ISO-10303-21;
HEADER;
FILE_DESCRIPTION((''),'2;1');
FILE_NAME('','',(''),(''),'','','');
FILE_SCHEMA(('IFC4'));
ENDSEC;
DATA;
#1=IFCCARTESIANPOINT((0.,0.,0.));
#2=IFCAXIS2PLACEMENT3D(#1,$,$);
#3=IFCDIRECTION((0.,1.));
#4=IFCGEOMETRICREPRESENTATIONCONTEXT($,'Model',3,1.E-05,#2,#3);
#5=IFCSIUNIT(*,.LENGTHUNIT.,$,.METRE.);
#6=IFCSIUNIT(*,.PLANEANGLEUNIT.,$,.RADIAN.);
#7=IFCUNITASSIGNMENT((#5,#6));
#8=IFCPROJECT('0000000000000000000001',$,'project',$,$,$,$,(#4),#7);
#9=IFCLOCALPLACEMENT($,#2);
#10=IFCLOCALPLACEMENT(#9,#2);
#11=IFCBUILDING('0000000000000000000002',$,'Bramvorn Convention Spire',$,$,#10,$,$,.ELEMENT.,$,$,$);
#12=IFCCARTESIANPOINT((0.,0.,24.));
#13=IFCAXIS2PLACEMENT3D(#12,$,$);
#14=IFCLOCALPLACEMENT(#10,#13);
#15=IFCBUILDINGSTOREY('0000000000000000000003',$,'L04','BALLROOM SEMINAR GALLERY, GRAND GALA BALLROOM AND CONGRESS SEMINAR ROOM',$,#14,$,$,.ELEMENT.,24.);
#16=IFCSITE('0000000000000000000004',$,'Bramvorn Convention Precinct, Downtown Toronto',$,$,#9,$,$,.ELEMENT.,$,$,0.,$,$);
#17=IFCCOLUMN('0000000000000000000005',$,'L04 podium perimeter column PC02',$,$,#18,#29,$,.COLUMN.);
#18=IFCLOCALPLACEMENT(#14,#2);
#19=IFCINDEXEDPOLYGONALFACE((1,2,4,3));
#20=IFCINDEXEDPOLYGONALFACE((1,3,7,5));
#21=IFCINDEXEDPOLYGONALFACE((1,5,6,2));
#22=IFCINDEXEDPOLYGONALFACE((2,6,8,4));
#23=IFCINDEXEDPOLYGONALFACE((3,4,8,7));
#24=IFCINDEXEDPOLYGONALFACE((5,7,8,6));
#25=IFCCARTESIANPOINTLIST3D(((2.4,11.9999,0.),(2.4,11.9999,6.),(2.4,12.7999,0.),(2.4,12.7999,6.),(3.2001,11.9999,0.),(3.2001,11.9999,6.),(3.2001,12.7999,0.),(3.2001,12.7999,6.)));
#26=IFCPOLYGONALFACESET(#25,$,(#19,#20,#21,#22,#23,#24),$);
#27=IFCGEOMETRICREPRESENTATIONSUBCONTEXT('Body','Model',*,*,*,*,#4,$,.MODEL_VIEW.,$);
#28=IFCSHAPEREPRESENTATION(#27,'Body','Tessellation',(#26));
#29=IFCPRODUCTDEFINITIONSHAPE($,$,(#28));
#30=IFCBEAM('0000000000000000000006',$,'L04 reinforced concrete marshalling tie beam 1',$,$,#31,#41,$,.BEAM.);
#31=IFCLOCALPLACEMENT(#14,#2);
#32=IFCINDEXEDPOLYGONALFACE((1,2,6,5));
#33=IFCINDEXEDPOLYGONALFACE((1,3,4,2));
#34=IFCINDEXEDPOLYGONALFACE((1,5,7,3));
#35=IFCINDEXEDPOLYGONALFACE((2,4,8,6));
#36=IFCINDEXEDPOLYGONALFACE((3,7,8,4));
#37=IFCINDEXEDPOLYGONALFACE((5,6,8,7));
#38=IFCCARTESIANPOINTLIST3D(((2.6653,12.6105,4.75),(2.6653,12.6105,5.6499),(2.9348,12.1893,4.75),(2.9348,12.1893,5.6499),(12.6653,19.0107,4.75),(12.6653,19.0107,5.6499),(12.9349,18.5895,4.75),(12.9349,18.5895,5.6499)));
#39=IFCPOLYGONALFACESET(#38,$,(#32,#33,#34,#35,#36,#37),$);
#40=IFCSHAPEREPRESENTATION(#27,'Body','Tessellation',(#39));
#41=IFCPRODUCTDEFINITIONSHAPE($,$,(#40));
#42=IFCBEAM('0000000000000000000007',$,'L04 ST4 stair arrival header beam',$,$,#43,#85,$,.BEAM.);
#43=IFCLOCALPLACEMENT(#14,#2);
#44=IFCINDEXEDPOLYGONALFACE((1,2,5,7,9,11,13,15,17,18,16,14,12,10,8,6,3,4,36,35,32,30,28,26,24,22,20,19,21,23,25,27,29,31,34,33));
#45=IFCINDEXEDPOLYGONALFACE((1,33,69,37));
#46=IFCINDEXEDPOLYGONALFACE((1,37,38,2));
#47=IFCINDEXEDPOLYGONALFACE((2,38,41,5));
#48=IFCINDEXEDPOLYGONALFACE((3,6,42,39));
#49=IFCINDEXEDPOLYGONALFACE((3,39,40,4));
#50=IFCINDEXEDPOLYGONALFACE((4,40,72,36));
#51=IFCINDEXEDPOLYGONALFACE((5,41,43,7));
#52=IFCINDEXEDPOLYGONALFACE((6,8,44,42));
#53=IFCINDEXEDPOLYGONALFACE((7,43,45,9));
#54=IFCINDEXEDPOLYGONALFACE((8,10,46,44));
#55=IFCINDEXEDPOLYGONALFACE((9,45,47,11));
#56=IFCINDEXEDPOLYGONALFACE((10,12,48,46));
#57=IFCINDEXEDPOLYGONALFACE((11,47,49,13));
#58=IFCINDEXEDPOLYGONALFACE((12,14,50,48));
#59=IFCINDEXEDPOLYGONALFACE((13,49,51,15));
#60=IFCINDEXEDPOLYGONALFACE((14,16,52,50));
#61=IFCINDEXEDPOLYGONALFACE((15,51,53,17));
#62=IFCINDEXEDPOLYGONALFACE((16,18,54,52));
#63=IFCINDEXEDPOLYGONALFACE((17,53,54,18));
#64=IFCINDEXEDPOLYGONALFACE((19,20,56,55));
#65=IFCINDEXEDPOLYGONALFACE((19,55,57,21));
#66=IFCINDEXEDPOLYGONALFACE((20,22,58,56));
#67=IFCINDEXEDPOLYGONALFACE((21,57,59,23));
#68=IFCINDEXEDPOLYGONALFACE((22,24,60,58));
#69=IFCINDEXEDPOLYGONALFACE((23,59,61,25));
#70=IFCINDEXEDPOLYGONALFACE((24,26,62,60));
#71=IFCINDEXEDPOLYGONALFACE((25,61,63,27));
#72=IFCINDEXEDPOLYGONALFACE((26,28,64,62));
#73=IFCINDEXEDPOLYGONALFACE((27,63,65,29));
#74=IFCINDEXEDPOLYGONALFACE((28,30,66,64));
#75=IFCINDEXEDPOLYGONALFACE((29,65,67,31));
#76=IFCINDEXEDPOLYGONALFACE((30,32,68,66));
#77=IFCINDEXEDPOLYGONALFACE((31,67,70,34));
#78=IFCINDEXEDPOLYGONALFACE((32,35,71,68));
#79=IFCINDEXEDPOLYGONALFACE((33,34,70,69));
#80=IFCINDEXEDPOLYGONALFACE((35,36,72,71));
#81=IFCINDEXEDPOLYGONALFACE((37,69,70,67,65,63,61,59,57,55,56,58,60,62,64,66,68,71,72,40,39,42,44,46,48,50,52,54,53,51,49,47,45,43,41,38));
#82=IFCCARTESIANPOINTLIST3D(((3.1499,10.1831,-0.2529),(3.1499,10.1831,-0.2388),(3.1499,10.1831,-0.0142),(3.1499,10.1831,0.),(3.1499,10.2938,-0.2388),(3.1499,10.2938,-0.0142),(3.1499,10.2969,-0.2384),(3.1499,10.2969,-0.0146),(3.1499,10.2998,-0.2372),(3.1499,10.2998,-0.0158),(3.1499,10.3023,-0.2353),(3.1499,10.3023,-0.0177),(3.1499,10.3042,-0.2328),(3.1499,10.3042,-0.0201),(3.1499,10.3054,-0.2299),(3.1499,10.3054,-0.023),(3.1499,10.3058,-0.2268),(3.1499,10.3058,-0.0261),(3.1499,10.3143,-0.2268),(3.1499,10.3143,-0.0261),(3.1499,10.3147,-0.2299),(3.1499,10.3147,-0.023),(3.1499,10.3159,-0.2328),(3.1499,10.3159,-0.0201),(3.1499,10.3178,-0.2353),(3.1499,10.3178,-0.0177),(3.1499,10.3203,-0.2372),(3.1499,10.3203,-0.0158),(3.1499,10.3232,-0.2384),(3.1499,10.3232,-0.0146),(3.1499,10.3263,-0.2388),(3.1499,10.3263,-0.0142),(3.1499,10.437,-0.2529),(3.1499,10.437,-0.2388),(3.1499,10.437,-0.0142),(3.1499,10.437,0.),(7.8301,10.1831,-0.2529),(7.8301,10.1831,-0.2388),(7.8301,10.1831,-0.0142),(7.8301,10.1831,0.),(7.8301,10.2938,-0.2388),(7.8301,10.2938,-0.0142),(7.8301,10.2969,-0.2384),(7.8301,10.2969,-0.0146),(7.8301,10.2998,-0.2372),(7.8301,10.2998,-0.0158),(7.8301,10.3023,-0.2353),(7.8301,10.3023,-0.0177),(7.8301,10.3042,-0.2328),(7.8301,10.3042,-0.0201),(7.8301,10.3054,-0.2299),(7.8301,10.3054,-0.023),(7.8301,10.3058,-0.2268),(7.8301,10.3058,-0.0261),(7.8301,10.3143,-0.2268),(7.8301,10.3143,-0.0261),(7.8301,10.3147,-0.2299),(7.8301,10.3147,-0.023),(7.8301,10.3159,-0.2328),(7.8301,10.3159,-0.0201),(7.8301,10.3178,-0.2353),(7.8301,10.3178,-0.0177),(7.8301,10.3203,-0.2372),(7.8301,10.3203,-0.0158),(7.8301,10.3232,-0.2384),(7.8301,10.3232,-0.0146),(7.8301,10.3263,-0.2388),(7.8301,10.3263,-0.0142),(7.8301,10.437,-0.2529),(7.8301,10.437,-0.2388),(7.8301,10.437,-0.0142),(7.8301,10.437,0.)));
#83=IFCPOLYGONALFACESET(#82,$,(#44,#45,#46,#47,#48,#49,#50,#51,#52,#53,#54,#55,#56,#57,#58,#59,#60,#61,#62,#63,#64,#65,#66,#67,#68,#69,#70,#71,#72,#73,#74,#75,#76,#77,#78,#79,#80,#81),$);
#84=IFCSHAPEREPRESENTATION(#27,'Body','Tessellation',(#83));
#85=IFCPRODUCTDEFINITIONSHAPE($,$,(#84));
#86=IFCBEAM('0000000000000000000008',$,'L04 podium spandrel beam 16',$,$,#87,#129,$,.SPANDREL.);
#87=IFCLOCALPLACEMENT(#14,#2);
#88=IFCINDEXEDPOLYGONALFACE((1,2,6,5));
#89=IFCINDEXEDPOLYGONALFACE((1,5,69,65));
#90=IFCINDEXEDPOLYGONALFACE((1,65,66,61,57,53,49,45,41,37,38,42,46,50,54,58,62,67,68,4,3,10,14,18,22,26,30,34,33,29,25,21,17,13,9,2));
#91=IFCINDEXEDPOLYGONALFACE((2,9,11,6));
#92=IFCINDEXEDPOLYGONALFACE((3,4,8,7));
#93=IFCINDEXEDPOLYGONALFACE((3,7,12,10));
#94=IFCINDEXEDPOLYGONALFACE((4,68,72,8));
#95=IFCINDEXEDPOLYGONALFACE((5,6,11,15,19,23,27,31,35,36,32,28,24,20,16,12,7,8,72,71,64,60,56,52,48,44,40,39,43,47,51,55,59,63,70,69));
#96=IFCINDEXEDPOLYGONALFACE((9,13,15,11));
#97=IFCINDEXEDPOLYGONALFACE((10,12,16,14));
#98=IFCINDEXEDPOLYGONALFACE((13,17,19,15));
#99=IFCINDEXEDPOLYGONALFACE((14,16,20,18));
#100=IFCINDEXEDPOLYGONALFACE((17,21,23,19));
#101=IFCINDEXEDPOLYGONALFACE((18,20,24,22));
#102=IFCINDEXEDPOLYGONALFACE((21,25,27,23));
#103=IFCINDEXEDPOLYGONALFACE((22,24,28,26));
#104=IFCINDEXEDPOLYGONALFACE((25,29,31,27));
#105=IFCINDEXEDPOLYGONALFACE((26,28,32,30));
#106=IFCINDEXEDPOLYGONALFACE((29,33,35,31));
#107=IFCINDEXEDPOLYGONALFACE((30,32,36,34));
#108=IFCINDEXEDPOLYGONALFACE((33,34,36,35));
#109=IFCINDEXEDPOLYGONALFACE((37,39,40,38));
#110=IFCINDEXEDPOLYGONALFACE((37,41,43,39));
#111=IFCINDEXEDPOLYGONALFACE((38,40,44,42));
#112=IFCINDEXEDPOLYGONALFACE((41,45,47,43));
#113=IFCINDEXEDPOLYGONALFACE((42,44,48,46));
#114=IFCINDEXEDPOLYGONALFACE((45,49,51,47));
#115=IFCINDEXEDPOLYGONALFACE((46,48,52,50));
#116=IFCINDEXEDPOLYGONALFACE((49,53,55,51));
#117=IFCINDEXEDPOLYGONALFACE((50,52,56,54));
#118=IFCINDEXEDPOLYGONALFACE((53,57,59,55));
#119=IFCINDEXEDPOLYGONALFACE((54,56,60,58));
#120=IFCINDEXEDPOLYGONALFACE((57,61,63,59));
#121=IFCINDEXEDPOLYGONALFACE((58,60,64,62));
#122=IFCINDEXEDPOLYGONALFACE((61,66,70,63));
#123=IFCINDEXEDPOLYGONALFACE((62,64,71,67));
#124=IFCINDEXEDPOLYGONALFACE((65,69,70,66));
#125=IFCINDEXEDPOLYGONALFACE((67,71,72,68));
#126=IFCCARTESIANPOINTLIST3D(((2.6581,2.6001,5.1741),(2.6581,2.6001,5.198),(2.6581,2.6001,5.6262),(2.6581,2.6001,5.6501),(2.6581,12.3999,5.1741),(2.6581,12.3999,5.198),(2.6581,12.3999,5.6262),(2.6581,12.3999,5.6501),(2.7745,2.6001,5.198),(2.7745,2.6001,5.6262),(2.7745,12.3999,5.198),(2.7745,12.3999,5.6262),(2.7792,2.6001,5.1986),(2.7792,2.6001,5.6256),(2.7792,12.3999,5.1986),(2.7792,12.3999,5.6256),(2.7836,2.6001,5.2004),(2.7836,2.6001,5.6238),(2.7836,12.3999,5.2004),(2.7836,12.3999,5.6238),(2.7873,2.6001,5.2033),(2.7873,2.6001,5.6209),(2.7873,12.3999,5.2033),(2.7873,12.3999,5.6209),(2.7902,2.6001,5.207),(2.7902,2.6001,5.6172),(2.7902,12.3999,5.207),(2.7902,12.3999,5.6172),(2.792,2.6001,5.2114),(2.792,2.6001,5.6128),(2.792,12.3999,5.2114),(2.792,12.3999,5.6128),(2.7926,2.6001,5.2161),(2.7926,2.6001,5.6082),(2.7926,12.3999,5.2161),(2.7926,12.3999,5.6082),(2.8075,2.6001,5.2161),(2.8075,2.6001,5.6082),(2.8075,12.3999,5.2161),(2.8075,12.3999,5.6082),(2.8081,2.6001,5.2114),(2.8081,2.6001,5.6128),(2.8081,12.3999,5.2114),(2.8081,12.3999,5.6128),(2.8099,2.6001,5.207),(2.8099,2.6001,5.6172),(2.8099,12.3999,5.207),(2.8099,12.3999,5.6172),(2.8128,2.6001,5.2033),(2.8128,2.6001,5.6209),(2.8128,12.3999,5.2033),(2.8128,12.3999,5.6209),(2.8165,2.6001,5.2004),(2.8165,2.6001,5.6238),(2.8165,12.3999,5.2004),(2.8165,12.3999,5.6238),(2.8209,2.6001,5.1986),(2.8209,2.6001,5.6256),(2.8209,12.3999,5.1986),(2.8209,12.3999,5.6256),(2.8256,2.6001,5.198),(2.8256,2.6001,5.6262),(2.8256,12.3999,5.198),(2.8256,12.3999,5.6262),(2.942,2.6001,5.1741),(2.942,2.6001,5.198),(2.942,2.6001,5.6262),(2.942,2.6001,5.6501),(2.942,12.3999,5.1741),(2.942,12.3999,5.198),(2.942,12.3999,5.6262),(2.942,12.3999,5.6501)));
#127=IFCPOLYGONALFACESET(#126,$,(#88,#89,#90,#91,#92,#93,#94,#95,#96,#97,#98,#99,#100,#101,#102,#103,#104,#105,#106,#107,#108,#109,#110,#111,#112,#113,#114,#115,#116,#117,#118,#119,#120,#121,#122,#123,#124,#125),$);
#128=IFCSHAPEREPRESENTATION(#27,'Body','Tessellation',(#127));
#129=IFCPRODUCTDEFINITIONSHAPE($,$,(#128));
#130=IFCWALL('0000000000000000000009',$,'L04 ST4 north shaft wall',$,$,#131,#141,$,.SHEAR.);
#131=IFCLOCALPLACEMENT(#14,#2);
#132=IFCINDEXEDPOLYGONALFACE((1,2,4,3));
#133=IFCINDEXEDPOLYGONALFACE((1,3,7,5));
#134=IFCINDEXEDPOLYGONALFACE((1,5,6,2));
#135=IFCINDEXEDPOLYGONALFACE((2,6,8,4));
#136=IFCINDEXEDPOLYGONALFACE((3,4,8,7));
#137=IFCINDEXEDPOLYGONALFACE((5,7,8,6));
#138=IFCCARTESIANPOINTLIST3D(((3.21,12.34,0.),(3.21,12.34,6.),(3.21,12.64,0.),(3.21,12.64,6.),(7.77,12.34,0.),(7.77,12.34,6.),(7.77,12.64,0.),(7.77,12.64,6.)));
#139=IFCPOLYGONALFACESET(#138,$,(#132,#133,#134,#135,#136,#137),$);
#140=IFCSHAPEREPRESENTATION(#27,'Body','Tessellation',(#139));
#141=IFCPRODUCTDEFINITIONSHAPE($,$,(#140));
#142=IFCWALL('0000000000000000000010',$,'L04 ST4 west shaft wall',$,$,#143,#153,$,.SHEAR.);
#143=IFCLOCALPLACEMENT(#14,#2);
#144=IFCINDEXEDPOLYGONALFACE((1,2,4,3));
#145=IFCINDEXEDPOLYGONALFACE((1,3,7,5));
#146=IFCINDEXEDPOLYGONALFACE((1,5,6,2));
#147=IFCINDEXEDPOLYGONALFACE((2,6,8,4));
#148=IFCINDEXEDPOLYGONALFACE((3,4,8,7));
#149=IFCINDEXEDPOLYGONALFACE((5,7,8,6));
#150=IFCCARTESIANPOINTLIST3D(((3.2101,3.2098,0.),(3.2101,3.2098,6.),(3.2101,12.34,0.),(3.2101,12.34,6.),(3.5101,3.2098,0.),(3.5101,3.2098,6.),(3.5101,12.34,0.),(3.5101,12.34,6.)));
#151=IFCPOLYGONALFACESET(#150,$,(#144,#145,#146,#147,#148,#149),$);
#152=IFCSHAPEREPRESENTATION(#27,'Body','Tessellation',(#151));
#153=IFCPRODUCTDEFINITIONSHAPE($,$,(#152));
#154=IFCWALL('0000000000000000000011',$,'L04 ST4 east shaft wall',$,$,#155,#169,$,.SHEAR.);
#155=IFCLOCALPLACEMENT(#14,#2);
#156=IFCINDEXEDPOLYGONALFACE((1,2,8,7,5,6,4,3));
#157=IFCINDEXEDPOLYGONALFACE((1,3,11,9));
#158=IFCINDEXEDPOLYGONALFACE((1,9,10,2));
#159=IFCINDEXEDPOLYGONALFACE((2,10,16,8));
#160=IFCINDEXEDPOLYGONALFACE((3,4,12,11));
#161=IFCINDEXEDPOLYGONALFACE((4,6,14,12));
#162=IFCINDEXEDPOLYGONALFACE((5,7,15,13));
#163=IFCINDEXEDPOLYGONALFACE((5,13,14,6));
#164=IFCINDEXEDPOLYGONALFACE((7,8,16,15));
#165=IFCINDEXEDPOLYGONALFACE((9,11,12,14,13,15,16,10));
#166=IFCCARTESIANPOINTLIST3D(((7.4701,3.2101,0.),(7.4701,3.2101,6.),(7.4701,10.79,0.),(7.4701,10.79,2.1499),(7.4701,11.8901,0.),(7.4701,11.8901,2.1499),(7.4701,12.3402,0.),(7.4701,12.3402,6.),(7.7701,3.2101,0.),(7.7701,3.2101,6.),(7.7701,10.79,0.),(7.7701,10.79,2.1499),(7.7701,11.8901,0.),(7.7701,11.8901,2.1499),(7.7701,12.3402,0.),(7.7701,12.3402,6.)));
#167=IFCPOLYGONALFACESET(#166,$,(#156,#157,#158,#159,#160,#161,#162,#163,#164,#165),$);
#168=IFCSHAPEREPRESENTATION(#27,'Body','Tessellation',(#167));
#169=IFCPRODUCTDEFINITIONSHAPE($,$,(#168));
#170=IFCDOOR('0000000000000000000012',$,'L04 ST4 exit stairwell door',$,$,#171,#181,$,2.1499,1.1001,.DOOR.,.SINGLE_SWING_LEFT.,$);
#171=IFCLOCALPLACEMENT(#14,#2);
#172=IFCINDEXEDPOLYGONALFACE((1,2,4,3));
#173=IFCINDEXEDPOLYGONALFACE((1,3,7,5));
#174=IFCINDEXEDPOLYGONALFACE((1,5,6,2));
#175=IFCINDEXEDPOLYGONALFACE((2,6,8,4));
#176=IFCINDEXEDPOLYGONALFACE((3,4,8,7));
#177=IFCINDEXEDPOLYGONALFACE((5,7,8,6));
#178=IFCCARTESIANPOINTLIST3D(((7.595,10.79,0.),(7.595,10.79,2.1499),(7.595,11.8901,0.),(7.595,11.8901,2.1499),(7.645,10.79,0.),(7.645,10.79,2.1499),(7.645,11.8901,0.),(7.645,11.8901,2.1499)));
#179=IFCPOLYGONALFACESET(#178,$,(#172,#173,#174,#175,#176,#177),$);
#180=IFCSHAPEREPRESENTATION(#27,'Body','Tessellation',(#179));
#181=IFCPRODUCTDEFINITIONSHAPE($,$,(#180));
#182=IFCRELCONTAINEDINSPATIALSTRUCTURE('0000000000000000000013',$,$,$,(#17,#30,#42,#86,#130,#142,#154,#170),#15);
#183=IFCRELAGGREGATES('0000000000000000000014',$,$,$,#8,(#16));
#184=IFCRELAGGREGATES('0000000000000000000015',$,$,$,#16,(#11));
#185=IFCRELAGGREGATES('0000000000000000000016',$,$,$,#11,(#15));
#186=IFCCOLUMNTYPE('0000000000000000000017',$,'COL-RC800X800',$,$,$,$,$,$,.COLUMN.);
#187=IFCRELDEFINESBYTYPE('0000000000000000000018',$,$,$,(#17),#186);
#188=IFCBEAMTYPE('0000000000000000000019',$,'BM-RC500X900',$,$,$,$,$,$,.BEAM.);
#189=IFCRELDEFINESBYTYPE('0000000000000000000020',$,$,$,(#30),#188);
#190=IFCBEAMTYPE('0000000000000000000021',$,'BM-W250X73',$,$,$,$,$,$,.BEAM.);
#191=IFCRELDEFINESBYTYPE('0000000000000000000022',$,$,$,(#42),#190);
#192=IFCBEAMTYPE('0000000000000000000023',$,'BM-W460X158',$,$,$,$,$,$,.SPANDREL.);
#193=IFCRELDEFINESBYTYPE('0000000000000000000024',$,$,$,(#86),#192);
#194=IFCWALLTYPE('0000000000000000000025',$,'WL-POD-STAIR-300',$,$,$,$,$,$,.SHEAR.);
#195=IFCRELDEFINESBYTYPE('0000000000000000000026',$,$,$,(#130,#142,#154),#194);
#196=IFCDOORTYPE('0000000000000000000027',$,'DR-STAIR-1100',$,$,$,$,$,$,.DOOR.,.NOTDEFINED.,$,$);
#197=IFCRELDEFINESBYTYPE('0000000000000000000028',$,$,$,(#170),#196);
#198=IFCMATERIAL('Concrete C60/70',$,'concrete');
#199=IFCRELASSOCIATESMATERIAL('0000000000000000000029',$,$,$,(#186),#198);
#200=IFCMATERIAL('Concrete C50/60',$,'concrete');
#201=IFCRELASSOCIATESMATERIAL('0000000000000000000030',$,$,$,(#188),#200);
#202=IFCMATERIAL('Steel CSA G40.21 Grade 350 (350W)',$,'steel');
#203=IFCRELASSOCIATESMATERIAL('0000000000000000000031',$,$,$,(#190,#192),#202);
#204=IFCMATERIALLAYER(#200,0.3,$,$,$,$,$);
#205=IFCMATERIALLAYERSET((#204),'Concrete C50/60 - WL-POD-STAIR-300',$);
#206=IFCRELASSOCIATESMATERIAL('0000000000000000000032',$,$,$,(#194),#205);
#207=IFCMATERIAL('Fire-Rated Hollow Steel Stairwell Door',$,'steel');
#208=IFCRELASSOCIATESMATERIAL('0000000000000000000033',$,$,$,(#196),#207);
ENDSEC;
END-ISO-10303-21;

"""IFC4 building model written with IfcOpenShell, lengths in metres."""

from ifc_helpers import new_model, si_unit, direction, frame, frame_2d, origin, origin_2d, place, context, subcontext, project, spatial, rectangle, i_section, extrude, material, layer, layer_set, material_profile, profile_set, type_object, element, fill, save


model = new_model("IFC4")

# Units and contexts
model_context = context("Model", 3, precision=1e-05, world=origin(), true_north=direction((0.0, 1.0)))
body_context = subcontext(model_context, "Body", "Model", "MODEL_VIEW")
ifc_project = project(units=[si_unit("LENGTHUNIT", "METRE"), si_unit("PLANEANGLEUNIT", "RADIAN")], contexts=[model_context])

# Site, building, storey
site_placement = place(None, origin())
site = spatial("IfcSite", under=ifc_project, at=site_placement, Name="Bramvorn Convention Precinct, Downtown Toronto", CompositionType="ELEMENT", RefElevation=0.0)
building_placement = place(site_placement, origin())
building = spatial("IfcBuilding", under=site, at=building_placement, Name="Bramvorn Convention Spire", CompositionType="ELEMENT")
storey_placement = place(building_placement, frame((0.0, 0.0, 24.0)))
storey = spatial("IfcBuildingStorey", under=building, at=storey_placement, Name="L04", Description="BALLROOM SEMINAR GALLERY, GRAND GALA BALLROOM AND CONGRESS SEMINAR ROOM", CompositionType="ELEMENT", Elevation=24.0)

# Column
ifc_material_1 = material(Name="Concrete C60/70", Category="concrete")
ifc_material_profile_1 = material_profile(ifc_material_1, rectangle(XDim=0.8, YDim=0.8, at=origin_2d()))
ifc_profile_set_1 = profile_set([ifc_material_profile_1], Name="Concrete C60/70 - RC800X800")
column_type = type_object("IfcColumnType", Name="COL-RC800X800", PredefinedType="COLUMN", material=ifc_profile_set_1)
column_placement = place(storey_placement, frame((2.8, 12.3999, 0.0), z_axis=(0.0, 0.0, 1.0), x_axis=(1.0, 0.0, 0.0)))
element("IfcColumn", 1, at=column_placement, inside=storey, type_object=column_type, Name="L04 podium perimeter column PC02", PredefinedType="COLUMN", context=body_context, shape_type="SweptSolid", body=[
    extrude(rectangle(XDim=0.8, YDim=0.8, at=origin_2d()), origin(), (0.0, 0.0, 1.0), 6.0),
])

# Beams
ifc_material_2 = material(Name="Concrete C50/60", Category="concrete")
ifc_material_profile_2 = material_profile(ifc_material_2, rectangle(XDim=0.5, YDim=0.8999, at=origin_2d()))
ifc_profile_set_2 = profile_set([ifc_material_profile_2], Name="Concrete C50/60 - RC500X900")
beam_type_1 = type_object("IfcBeamType", Name="BM-RC500X900", PredefinedType="BEAM", material=ifc_profile_set_2)
beam_1_placement = place(storey_placement, frame((2.8, 12.3999, 5.2), z_axis=(0.842266, 0.539062, 0.0), x_axis=(-0.539062, 0.842266, 0.0)))
element("IfcBeam", 2, at=beam_1_placement, inside=storey, type_object=beam_type_1, Name="L04 reinforced concrete marshalling tie beam 1", PredefinedType="BEAM", context=body_context, shape_type="SweptSolid", body=[
    extrude(rectangle(XDim=0.5, YDim=0.8999, at=origin_2d()), origin(), (0.0, 0.0, 1.0), 11.8728),
])
ifc_material_3 = material(Name="Steel CSA G40.21 Grade 350 (350W)", Category="steel")
ifc_material_profile_3 = material_profile(ifc_material_3, i_section(OverallWidth=0.2539, OverallDepth=0.2529, WebThickness=0.0085, FlangeThickness=0.0142, FilletRadius=0.012, at=origin_2d()))
ifc_profile_set_3 = profile_set([ifc_material_profile_3], Name="Steel CSA G40.21 Grade 350 (350W) - W250X73")
beam_type_2 = type_object("IfcBeamType", Name="BM-W250X73", PredefinedType="BEAM", material=ifc_profile_set_3)
beam_2_placement = place(storey_placement, frame((3.1499, 10.3101, -0.1265), z_axis=(1.0, 0.0, 0.0), x_axis=(0.0, 1.0, 0.0)))
element("IfcBeam", 3, at=beam_2_placement, inside=storey, type_object=beam_type_2, Name="L04 ST4 stair arrival header beam", PredefinedType="BEAM", context=body_context, shape_type="SweptSolid", body=[
    extrude(i_section(OverallWidth=0.2539, OverallDepth=0.2529, WebThickness=0.0085, FlangeThickness=0.0142, FilletRadius=0.012, at=origin_2d()), origin(), (0.0, 0.0, 1.0), 4.6802),
])
ifc_material_profile_4 = material_profile(ifc_material_3, i_section(OverallWidth=0.2839, OverallDepth=0.4761, WebThickness=0.0149, FlangeThickness=0.0239, FilletRadius=0.0181, at=origin_2d()))
ifc_profile_set_4 = profile_set([ifc_material_profile_4], Name="Steel CSA G40.21 Grade 350 (350W) - W460X158")
beam_type_3 = type_object("IfcBeamType", Name="BM-W460X158", PredefinedType="SPANDREL", material=ifc_profile_set_4)
beam_3_placement = place(storey_placement, frame((2.8, 12.3999, 5.4121), z_axis=(0.0, -1.0, 0.0), x_axis=(1.0, 0.0, 0.0)))
element("IfcBeam", 4, at=beam_3_placement, inside=storey, type_object=beam_type_3, Name="L04 podium spandrel beam 16", PredefinedType="SPANDREL", context=body_context, shape_type="SweptSolid", body=[
    extrude(i_section(OverallWidth=0.2839, OverallDepth=0.4761, WebThickness=0.0149, FlangeThickness=0.0239, FilletRadius=0.0181, at=origin_2d()), origin(), (0.0, 0.0, 1.0), 9.7998),
])

# Walls
ifc_layer = layer(ifc_material_2, 0.3)
ifc_layer_set = layer_set([ifc_layer], Name="Concrete C50/60 - WL-POD-STAIR-300")
wall_type = type_object("IfcWallType", Name="WL-POD-STAIR-300", PredefinedType="SHEAR", material=ifc_layer_set)
wall_1_placement = place(storey_placement, frame((3.21, 12.49, 0.0), z_axis=(0.0, 0.0, 1.0), x_axis=(1.0, 0.0, 0.0)))
element("IfcWall", 5, at=wall_1_placement, inside=storey, type_object=wall_type, Name="L04 ST4 north shaft wall", PredefinedType="SHEAR", context=body_context, shape_type="SweptSolid", body=[
    extrude(rectangle(XDim=4.5601, YDim=0.3, at=frame_2d((2.28, 0.0))), origin(), (0.0, 0.0, 1.0), 6.0),
])
wall_2_placement = place(storey_placement, frame((3.3601, 3.21, 0.0), z_axis=(0.0, 0.0, 1.0), x_axis=(0.0, 1.0, 0.0)))
element("IfcWall", 6, at=wall_2_placement, inside=storey, type_object=wall_type, Name="L04 ST4 west shaft wall", PredefinedType="SHEAR", context=body_context, shape_type="SweptSolid", body=[
    extrude(rectangle(XDim=9.1301, YDim=0.3, at=frame_2d((4.5649, 0.0))), origin(), (0.0, 0.0, 1.0), 6.0),
])

# Wall, opening, door
wall_3_placement = place(storey_placement, frame((7.6201, 12.3401, 0.0), z_axis=(0.0, 0.0, 1.0), x_axis=(0.0, -1.0, 0.0)))
wall_3 = element("IfcWall", 7, at=wall_3_placement, inside=storey, type_object=wall_type, Name="L04 ST4 east shaft wall", PredefinedType="SHEAR", context=body_context, shape_type="SweptSolid", body=[
    extrude(rectangle(XDim=9.1301, YDim=0.3, at=frame_2d((4.5649, 0.0))), origin(), (0.0, 0.0, 1.0), 6.0),
])
opening_placement = place(wall_3_placement, frame((0.45, 0.0, 0.0)))
opening = element("IfcOpeningElement", 8, at=opening_placement, cuts=wall_3, PredefinedType="OPENING", context=body_context, shape_type="SweptSolid", body=[
    extrude(rectangle(XDim=1.1001, YDim=2.1499, at=frame_2d((0.55, 1.075))), frame((0.0, 0.1599, 0.0), z_axis=(0.0, -1.0, 0.0), x_axis=(1.0, 0.0, 0.0)), (0.0, 0.0, 1.0), 0.3201),
])
ifc_material_4 = material(Name="Fire-Rated Hollow Steel Stairwell Door", Category="steel")
door_type = type_object("IfcDoorType", Name="DR-STAIR-1100", OperationType="NOTDEFINED", PredefinedType="DOOR", material=ifc_material_4)
door_placement = place(opening_placement, origin())
door = element("IfcDoor", 9, at=door_placement, inside=storey, type_object=door_type, Name="L04 ST4 exit stairwell door", OperationType="SINGLE_SWING_LEFT", OverallHeight=2.1499, OverallWidth=1.1001, PredefinedType="DOOR", context=body_context, shape_type="SweptSolid", body=[
    extrude(rectangle(XDim=1.1001, YDim=2.1499, at=frame_2d((0.55, 1.075))), frame((0.0, 0.0249, 0.0), z_axis=(0.0, -1.0, 0.0), x_axis=(1.0, 0.0, 0.0)), (0.0, 0.0, 1.0), 0.05),
])
fill(opening, door)

save(model, "model.ifc")
